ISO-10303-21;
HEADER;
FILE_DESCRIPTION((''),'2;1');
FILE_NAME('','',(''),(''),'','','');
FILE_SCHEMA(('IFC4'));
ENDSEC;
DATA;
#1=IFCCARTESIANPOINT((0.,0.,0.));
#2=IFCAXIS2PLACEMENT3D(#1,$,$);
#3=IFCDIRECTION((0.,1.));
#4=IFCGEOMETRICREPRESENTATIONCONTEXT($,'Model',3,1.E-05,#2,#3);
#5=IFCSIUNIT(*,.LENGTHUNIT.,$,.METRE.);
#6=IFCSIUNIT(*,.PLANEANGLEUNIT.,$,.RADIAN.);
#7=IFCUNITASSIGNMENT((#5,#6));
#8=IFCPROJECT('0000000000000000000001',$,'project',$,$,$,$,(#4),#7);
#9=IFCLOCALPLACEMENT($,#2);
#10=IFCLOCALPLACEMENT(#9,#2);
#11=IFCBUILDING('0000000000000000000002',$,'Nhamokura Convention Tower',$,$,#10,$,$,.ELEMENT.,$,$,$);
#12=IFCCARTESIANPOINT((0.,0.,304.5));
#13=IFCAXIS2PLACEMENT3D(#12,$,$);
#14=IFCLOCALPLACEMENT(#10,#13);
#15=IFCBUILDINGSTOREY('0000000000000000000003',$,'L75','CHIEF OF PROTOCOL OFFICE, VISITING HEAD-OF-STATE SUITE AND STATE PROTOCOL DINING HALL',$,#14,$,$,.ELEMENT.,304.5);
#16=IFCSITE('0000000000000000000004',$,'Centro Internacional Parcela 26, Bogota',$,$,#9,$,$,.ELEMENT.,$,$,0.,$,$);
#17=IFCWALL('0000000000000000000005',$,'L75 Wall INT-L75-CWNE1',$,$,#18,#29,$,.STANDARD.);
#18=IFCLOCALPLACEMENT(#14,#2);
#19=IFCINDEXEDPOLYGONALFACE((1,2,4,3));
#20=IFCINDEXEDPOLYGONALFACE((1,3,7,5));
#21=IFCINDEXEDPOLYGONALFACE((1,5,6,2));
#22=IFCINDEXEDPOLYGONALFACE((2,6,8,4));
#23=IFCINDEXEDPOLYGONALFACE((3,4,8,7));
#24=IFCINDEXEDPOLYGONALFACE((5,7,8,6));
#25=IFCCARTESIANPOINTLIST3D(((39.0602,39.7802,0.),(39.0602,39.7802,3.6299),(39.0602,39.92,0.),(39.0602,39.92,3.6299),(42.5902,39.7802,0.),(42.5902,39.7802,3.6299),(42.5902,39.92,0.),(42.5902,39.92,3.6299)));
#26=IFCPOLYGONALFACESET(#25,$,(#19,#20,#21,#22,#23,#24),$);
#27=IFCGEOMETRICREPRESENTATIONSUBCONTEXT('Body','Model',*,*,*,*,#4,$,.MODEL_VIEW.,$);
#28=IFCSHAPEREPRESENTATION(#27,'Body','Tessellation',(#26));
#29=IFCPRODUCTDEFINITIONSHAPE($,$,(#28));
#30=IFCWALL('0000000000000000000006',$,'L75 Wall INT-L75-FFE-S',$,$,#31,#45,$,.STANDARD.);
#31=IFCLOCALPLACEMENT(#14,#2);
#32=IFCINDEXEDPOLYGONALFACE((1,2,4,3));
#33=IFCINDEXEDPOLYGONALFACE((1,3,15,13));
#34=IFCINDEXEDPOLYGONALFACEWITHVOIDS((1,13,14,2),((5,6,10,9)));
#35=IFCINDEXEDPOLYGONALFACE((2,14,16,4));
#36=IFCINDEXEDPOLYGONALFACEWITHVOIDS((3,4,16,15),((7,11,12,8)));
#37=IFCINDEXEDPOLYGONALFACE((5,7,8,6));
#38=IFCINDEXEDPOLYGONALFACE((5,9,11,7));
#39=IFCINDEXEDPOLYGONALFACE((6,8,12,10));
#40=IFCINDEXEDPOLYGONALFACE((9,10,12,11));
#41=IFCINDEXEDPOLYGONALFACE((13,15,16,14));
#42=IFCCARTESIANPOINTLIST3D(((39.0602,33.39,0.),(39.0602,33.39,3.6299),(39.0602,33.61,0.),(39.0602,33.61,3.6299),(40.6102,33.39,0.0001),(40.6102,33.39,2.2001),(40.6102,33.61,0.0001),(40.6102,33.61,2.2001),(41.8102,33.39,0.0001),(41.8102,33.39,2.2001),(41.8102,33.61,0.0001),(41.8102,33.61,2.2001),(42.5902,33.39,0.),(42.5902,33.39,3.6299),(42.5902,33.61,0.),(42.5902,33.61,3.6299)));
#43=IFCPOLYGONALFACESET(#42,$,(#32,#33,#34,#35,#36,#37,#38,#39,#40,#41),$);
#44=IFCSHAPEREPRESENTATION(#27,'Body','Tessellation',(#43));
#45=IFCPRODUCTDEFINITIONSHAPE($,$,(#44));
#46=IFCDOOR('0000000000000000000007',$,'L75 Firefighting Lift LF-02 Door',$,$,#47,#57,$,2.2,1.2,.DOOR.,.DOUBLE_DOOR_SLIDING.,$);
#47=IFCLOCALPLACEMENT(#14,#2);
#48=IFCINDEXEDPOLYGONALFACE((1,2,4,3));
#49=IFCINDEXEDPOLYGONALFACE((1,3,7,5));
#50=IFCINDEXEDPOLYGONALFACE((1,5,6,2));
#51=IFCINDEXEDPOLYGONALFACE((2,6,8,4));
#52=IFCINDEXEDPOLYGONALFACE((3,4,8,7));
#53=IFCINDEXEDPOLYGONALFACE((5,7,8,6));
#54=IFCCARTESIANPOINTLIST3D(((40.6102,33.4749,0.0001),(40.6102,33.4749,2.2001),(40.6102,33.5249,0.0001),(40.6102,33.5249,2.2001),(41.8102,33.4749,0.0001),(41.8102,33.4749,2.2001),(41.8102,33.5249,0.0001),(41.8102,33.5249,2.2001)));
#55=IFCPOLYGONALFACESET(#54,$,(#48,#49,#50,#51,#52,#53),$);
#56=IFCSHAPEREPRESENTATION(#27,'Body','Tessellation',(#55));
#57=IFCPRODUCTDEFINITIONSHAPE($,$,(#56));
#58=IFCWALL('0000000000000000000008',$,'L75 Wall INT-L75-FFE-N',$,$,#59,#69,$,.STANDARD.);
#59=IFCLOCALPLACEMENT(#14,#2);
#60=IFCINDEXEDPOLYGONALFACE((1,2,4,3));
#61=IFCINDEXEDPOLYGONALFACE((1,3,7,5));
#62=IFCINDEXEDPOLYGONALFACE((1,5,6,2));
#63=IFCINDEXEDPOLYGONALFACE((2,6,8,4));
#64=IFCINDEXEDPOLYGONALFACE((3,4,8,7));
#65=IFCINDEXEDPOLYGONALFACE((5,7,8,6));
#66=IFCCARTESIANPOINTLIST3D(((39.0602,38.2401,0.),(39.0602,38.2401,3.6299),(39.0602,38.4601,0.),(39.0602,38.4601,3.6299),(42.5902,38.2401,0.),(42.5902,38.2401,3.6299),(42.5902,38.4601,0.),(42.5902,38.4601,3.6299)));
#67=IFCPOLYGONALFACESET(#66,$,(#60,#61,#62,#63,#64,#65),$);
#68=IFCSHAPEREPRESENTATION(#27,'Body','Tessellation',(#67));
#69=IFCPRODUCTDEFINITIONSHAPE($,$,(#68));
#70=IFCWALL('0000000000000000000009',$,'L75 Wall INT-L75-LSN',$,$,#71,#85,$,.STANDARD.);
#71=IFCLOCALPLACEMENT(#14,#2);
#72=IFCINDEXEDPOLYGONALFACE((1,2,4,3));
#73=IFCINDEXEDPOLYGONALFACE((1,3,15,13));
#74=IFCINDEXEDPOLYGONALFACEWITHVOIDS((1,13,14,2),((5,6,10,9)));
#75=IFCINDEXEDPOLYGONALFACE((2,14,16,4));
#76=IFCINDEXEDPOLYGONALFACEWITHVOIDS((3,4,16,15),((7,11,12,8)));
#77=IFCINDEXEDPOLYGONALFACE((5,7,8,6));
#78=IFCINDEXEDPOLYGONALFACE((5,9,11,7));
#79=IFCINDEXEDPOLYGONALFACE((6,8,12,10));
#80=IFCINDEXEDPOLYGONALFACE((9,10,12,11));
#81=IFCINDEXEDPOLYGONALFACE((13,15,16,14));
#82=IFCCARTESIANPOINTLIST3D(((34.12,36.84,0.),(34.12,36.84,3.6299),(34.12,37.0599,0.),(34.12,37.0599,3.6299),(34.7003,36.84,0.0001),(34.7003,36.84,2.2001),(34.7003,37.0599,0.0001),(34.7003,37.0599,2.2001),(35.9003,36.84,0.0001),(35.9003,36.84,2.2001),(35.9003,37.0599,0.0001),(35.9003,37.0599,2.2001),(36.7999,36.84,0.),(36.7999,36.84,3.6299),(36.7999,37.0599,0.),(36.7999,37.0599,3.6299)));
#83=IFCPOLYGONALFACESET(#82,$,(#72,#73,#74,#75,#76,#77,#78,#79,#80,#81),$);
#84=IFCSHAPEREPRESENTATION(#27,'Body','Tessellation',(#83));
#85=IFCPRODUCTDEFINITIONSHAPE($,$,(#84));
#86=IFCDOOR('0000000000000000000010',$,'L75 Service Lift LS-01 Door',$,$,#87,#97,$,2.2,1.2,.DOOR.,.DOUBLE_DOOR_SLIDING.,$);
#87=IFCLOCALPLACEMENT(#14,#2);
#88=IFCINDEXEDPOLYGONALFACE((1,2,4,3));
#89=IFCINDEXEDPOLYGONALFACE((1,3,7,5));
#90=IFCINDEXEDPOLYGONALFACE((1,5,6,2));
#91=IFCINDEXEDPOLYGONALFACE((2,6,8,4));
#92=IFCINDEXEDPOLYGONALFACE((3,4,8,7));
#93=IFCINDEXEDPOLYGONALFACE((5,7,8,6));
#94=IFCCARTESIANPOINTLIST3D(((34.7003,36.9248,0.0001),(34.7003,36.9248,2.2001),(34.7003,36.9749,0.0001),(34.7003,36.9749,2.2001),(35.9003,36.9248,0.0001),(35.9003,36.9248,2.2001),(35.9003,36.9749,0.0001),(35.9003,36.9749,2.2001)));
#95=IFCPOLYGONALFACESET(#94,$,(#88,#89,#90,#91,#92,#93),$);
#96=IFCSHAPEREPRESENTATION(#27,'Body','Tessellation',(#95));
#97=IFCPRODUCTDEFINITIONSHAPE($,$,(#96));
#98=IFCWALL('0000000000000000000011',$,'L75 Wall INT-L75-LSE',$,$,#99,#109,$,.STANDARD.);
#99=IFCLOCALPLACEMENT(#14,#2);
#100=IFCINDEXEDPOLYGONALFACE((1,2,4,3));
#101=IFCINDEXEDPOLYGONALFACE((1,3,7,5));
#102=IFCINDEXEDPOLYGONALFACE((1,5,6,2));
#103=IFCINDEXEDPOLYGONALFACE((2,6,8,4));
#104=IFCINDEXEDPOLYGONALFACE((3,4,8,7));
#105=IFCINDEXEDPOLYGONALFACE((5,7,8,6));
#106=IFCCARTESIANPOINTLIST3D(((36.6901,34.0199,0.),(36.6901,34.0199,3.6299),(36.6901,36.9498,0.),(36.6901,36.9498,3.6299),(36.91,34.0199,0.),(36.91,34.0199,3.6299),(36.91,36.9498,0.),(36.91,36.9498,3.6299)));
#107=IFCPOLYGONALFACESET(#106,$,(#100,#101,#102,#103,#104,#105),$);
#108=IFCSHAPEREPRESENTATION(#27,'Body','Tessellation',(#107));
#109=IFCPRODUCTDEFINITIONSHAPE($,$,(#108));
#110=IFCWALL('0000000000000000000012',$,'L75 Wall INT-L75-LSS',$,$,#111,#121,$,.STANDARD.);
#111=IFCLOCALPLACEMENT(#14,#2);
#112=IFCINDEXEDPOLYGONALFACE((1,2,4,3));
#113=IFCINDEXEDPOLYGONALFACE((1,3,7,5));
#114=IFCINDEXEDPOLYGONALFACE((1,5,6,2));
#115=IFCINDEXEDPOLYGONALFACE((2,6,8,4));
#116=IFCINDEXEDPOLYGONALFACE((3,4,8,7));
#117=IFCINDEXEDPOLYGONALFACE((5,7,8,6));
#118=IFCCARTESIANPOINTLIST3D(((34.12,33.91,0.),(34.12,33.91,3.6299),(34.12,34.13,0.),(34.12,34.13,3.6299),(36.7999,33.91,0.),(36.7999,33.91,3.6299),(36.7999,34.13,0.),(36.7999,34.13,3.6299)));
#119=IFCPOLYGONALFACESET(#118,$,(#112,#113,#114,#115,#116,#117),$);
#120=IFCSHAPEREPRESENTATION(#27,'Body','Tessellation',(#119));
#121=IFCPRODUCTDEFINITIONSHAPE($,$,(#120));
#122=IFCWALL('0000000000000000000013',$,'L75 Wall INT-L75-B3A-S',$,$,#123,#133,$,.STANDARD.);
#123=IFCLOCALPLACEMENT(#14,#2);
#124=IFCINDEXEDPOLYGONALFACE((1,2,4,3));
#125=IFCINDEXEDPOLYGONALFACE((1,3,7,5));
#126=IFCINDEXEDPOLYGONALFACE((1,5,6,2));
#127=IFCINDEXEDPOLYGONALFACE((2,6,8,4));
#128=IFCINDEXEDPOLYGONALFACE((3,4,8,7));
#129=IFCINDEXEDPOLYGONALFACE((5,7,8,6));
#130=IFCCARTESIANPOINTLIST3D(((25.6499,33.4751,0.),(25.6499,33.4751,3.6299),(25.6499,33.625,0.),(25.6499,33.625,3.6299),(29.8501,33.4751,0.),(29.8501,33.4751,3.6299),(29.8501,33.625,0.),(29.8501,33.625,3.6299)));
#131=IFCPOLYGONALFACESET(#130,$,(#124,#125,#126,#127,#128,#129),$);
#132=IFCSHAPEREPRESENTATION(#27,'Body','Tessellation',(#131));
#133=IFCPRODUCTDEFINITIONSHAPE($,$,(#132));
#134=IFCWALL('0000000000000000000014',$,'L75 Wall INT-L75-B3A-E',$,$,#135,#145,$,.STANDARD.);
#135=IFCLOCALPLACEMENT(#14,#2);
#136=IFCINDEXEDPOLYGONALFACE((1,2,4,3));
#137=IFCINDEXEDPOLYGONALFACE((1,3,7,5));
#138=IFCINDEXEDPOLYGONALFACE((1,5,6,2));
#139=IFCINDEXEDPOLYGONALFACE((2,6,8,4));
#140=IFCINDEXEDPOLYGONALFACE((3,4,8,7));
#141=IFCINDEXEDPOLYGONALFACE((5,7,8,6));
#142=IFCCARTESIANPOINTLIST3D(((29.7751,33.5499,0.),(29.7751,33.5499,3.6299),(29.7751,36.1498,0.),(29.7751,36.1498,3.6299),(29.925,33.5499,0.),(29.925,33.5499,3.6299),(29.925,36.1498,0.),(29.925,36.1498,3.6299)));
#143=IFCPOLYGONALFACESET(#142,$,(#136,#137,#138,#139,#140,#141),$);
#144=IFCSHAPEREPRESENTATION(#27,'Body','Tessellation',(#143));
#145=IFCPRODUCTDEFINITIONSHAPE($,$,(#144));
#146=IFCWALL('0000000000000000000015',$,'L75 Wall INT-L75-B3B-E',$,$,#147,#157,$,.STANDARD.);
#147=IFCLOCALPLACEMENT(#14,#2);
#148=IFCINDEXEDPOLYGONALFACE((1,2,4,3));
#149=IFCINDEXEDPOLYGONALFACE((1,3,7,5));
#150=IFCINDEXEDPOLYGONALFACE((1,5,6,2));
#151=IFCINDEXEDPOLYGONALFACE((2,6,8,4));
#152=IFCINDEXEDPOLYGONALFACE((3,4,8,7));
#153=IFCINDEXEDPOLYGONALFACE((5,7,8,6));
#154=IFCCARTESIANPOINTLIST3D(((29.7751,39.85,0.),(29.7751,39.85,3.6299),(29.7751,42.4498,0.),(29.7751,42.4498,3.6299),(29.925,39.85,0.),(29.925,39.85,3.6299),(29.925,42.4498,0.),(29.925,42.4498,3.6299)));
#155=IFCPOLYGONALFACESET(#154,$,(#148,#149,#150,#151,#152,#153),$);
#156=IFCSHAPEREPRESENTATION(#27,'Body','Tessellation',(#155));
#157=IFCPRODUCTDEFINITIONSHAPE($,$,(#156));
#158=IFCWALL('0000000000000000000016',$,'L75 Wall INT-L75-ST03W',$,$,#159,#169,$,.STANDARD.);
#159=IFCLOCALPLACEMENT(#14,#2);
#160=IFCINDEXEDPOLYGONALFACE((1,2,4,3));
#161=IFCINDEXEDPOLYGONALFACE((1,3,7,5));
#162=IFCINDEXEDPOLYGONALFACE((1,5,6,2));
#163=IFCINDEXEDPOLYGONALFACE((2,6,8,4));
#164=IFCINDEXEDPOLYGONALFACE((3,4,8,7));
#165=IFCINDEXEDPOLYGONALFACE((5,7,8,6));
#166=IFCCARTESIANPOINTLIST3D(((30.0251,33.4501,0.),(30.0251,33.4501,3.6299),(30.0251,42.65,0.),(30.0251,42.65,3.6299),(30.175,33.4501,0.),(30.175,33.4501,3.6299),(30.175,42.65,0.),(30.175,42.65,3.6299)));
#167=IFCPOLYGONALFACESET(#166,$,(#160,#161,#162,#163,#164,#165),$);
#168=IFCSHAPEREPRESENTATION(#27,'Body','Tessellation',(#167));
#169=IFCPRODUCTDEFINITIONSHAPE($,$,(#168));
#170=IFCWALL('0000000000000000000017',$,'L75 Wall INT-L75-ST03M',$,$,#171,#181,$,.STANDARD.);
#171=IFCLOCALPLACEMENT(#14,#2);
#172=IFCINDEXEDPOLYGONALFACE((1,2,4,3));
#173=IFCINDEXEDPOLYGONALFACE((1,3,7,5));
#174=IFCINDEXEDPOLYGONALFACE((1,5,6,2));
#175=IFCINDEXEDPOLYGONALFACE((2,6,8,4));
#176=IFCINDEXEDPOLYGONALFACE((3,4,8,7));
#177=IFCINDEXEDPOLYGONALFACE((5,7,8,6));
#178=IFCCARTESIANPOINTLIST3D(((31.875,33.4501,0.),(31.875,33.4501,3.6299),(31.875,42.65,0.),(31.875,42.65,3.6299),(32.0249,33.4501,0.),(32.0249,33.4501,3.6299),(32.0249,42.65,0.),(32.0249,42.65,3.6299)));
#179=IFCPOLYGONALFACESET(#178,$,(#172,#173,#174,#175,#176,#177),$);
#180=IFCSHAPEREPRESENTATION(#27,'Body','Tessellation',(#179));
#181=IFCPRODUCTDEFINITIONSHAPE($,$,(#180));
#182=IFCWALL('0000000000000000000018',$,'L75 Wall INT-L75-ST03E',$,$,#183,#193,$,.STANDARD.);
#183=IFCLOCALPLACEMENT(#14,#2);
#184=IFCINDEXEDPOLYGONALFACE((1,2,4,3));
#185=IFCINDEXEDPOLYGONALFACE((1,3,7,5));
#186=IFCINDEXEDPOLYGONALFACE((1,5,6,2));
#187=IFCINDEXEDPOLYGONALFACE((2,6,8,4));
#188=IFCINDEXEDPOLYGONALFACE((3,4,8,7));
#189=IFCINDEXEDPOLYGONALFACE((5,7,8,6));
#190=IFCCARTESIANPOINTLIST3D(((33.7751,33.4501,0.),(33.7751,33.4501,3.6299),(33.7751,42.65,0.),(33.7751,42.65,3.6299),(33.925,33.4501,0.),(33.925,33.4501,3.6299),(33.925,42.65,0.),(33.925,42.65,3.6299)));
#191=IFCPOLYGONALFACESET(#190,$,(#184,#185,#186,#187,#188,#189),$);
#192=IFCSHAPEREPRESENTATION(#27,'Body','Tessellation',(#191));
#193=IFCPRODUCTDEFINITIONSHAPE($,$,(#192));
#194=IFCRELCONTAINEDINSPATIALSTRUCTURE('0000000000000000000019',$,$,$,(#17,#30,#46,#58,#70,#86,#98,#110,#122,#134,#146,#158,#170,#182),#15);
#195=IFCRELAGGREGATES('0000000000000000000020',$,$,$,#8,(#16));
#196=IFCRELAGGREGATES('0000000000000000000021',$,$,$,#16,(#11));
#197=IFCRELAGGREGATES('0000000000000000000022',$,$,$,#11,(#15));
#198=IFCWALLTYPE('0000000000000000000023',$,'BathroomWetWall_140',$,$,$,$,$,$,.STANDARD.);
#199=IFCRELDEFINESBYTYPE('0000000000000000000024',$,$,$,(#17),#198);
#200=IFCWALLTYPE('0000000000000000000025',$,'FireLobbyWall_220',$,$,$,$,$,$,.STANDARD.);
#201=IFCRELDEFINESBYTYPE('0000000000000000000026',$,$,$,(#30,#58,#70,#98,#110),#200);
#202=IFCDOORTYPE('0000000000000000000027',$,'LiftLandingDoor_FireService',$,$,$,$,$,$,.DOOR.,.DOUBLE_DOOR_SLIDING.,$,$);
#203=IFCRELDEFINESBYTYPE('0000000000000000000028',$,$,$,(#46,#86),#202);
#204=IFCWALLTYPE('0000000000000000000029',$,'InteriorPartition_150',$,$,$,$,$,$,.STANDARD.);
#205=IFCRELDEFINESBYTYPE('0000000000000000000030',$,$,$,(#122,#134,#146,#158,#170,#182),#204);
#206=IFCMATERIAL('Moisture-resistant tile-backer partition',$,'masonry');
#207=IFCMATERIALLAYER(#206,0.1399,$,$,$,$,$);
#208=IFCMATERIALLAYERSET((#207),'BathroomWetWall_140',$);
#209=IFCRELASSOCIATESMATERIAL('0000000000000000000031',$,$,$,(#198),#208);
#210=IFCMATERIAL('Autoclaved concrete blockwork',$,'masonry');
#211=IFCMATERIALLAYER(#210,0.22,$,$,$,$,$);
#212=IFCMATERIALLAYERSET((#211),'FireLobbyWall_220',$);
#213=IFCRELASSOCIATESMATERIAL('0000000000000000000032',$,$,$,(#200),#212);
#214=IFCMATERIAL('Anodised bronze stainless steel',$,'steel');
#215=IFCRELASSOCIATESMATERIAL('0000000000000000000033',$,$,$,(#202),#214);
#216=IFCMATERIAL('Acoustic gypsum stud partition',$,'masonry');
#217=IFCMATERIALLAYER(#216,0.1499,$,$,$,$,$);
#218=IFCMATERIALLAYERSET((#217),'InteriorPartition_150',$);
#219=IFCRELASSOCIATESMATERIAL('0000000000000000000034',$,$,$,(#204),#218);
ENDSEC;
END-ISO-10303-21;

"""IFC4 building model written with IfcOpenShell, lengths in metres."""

from ifc_helpers import new_model, si_unit, direction, frame, frame_2d, origin, place, context, subcontext, project, spatial, rectangle, extrude, material, layer, layer_set, type_object, element, fill, save


model = new_model("IFC4")

# Units and contexts
model_context = context("Model", 3, precision=1e-05, world=origin(), true_north=direction((0.0, 1.0)))
body_context = subcontext(model_context, "Body", "Model", "MODEL_VIEW")
ifc_project = project(units=[si_unit("LENGTHUNIT", "METRE"), si_unit("PLANEANGLEUNIT", "RADIAN")], contexts=[model_context])

# Site, building, storey
site_placement = place(None, origin())
site = spatial("IfcSite", under=ifc_project, at=site_placement, Name="Centro Internacional Parcela 26, Bogota", CompositionType="ELEMENT", RefElevation=0.0)
building_placement = place(site_placement, origin())
building = spatial("IfcBuilding", under=site, at=building_placement, Name="Nhamokura Convention Tower", CompositionType="ELEMENT")
storey_placement = place(building_placement, frame((0.0, 0.0, 304.5)))
storey = spatial("IfcBuildingStorey", under=building, at=storey_placement, Name="L75", Description="CHIEF OF PROTOCOL OFFICE, VISITING HEAD-OF-STATE SUITE AND STATE PROTOCOL DINING HALL", CompositionType="ELEMENT", Elevation=304.5)

# Wall
ifc_material_1 = material(Name="Moisture-resistant tile-backer partition", Category="masonry")
ifc_layer_1 = layer(ifc_material_1, 0.1399)
ifc_layer_set_1 = layer_set([ifc_layer_1], Name="BathroomWetWall_140")
wall_type_1 = type_object("IfcWallType", Name="BathroomWetWall_140", PredefinedType="STANDARD", material=ifc_layer_set_1)
wall_1_placement = place(storey_placement, frame((39.0601, 39.8501, 0.0), z_axis=(0.0, 0.0, 1.0), x_axis=(1.0, 0.0, 0.0)))
element("IfcWall", 1, at=wall_1_placement, inside=storey, type_object=wall_type_1, Name="L75 Wall INT-L75-CWNE1", PredefinedType="STANDARD", context=body_context, shape_type="SweptSolid", body=[
    extrude(rectangle(XDim=3.53, YDim=0.1399, at=frame_2d((1.7651, 0.0))), origin(), (0.0, 0.0, 1.0), 3.6299),
])

# Wall, opening, door
ifc_material_2 = material(Name="Autoclaved concrete blockwork", Category="masonry")
ifc_layer_2 = layer(ifc_material_2, 0.22)
ifc_layer_set_2 = layer_set([ifc_layer_2], Name="FireLobbyWall_220")
wall_type_2 = type_object("IfcWallType", Name="FireLobbyWall_220", PredefinedType="STANDARD", material=ifc_layer_set_2)
wall_2_placement = place(storey_placement, frame((39.0601, 33.5, 0.0), z_axis=(0.0, 0.0, 1.0), x_axis=(1.0, 0.0, 0.0)))
wall_2 = element("IfcWall", 2, at=wall_2_placement, inside=storey, type_object=wall_type_2, Name="L75 Wall INT-L75-FFE-S", PredefinedType="STANDARD", context=body_context, shape_type="SweptSolid", body=[
    extrude(rectangle(XDim=3.53, YDim=0.22, at=frame_2d((1.7651, 0.0))), origin(), (0.0, 0.0, 1.0), 3.6299),
])
opening_1_placement = place(wall_2_placement, frame((1.55, 0.0, 0.0)))
opening_1 = element("IfcOpeningElement", 3, at=opening_1_placement, cuts=wall_2, PredefinedType="OPENING", context=body_context, shape_type="SweptSolid", body=[
    extrude(rectangle(XDim=1.2, YDim=2.2, at=frame_2d((0.6001, 1.1001))), frame((0.0, 0.1199, 0.0), z_axis=(0.0, -1.0, 0.0), x_axis=(1.0, 0.0, 0.0)), (0.0, 0.0, 1.0), 0.24),
])
ifc_material_3 = material(Name="Anodised bronze stainless steel", Category="steel")
door_type_1 = type_object("IfcDoorType", Name="LiftLandingDoor_FireService", OperationType="DOUBLE_DOOR_SLIDING", PredefinedType="DOOR", material=ifc_material_3)
door_1_placement = place(opening_1_placement, origin())
door_1 = element("IfcDoor", 4, at=door_1_placement, inside=storey, type_object=door_type_1, Name="L75 Firefighting Lift LF-02 Door", OperationType="DOUBLE_DOOR_SLIDING", OverallHeight=2.2, OverallWidth=1.2, PredefinedType="DOOR", context=body_context, shape_type="SweptSolid", body=[
    extrude(rectangle(XDim=1.2, YDim=2.2, at=frame_2d((0.6001, 1.1001))), frame((0.0, 0.0249, 0.0), z_axis=(0.0, -1.0, 0.0), x_axis=(1.0, 0.0, 0.0)), (0.0, 0.0, 1.0), 0.05),
])
fill(opening_1, door_1)

# Wall
wall_3_placement = place(storey_placement, frame((39.0601, 38.3501, 0.0), z_axis=(0.0, 0.0, 1.0), x_axis=(1.0, 0.0, 0.0)))
element("IfcWall", 5, at=wall_3_placement, inside=storey, type_object=wall_type_2, Name="L75 Wall INT-L75-FFE-N", PredefinedType="STANDARD", context=body_context, shape_type="SweptSolid", body=[
    extrude(rectangle(XDim=3.53, YDim=0.22, at=frame_2d((1.7651, 0.0))), origin(), (0.0, 0.0, 1.0), 3.6299),
])

# Wall, opening, door
wall_4_placement = place(storey_placement, frame((34.1201, 36.95, 0.0), z_axis=(0.0, 0.0, 1.0), x_axis=(1.0, 0.0, 0.0)))
wall_4 = element("IfcWall", 6, at=wall_4_placement, inside=storey, type_object=wall_type_2, Name="L75 Wall INT-L75-LSN", PredefinedType="STANDARD", context=body_context, shape_type="SweptSolid", body=[
    extrude(rectangle(XDim=2.6799, YDim=0.22, at=frame_2d((1.3398, 0.0))), origin(), (0.0, 0.0, 1.0), 3.6299),
])
opening_2_placement = place(wall_4_placement, frame((0.5801, 0.0, 0.0)))
opening_2 = element("IfcOpeningElement", 7, at=opening_2_placement, cuts=wall_4, PredefinedType="OPENING", context=body_context, shape_type="SweptSolid", body=[
    extrude(rectangle(XDim=1.2, YDim=2.2, at=frame_2d((0.6001, 1.1001))), frame((0.0, 0.1199, 0.0), z_axis=(0.0, -1.0, 0.0), x_axis=(1.0, 0.0, 0.0)), (0.0, 0.0, 1.0), 0.24),
])
door_2_placement = place(opening_2_placement, origin())
door_2 = element("IfcDoor", 8, at=door_2_placement, inside=storey, type_object=door_type_1, Name="L75 Service Lift LS-01 Door", OperationType="DOUBLE_DOOR_SLIDING", OverallHeight=2.2, OverallWidth=1.2, PredefinedType="DOOR", context=body_context, shape_type="SweptSolid", body=[
    extrude(rectangle(XDim=1.2, YDim=2.2, at=frame_2d((0.6001, 1.1001))), frame((0.0, 0.0249, 0.0), z_axis=(0.0, -1.0, 0.0), x_axis=(1.0, 0.0, 0.0)), (0.0, 0.0, 1.0), 0.05),
])
fill(opening_2, door_2)

# Walls
wall_5_placement = place(storey_placement, frame((36.8, 34.02, 0.0), z_axis=(0.0, 0.0, 1.0), x_axis=(0.0, 1.0, 0.0)))
element("IfcWall", 9, at=wall_5_placement, inside=storey, type_object=wall_type_2, Name="L75 Wall INT-L75-LSE", PredefinedType="STANDARD", context=body_context, shape_type="SweptSolid", body=[
    extrude(rectangle(XDim=2.9299, YDim=0.22, at=frame_2d((1.4648, 0.0))), origin(), (0.0, 0.0, 1.0), 3.6299),
])
wall_6_placement = place(storey_placement, frame((34.1201, 34.02, 0.0), z_axis=(0.0, 0.0, 1.0), x_axis=(1.0, 0.0, 0.0)))
element("IfcWall", 10, at=wall_6_placement, inside=storey, type_object=wall_type_2, Name="L75 Wall INT-L75-LSS", PredefinedType="STANDARD", context=body_context, shape_type="SweptSolid", body=[
    extrude(rectangle(XDim=2.6799, YDim=0.22, at=frame_2d((1.3398, 0.0))), origin(), (0.0, 0.0, 1.0), 3.6299),
])
ifc_material_4 = material(Name="Acoustic gypsum stud partition", Category="masonry")
ifc_layer_3 = layer(ifc_material_4, 0.1499)
ifc_layer_set_3 = layer_set([ifc_layer_3], Name="InteriorPartition_150")
wall_type_3 = type_object("IfcWallType", Name="InteriorPartition_150", PredefinedType="STANDARD", material=ifc_layer_set_3)
wall_7_placement = place(storey_placement, frame((25.6499, 33.55, 0.0), z_axis=(0.0, 0.0, 1.0), x_axis=(1.0, 0.0, 0.0)))
element("IfcWall", 11, at=wall_7_placement, inside=storey, type_object=wall_type_3, Name="L75 Wall INT-L75-B3A-S", PredefinedType="STANDARD", context=body_context, shape_type="SweptSolid", body=[
    extrude(rectangle(XDim=4.2002, YDim=0.1499, at=frame_2d((2.1001, 0.0))), origin(), (0.0, 0.0, 1.0), 3.6299),
])
for number, where, z_axis, x_axis, name in (
    (12, (29.8501, 33.55, 0.0), (0.0, 0.0, 1.0), (0.0, 1.0, 0.0), "L75 Wall INT-L75-B3A-E"),
    (13, (29.8501, 39.8501, 0.0), (0.0, 0.0, 1.0), (0.0, 1.0, 0.0), "L75 Wall INT-L75-B3B-E"),
):
    element("IfcWall", number, at=place(storey_placement, frame(where, z_axis=z_axis, x_axis=x_axis)), inside=storey, type_object=wall_type_3, Name=name, PredefinedType="STANDARD", context=body_context, shape_type="SweptSolid", body=[
        extrude(rectangle(XDim=2.5999, YDim=0.1499, at=frame_2d((1.2998, 0.0))), origin(), (0.0, 0.0, 1.0), 3.6299),
    ])
for number, where, z_axis, x_axis, name in (
    (14, (30.1001, 33.45, 0.0), (0.0, 0.0, 1.0), (0.0, 1.0, 0.0), "L75 Wall INT-L75-ST03W"),
    (15, (31.95, 33.45, 0.0), (0.0, 0.0, 1.0), (0.0, 1.0, 0.0), "L75 Wall INT-L75-ST03M"),
    (16, (33.8501, 33.45, 0.0), (0.0, 0.0, 1.0), (0.0, 1.0, 0.0), "L75 Wall INT-L75-ST03E"),
):
    element("IfcWall", number, at=place(storey_placement, frame(where, z_axis=z_axis, x_axis=x_axis)), inside=storey, type_object=wall_type_3, Name=name, PredefinedType="STANDARD", context=body_context, shape_type="SweptSolid", body=[
        extrude(rectangle(XDim=9.2, YDim=0.1499, at=frame_2d((4.6001, 0.0))), origin(), (0.0, 0.0, 1.0), 3.6299),
    ])

save(model, "model.ifc")
